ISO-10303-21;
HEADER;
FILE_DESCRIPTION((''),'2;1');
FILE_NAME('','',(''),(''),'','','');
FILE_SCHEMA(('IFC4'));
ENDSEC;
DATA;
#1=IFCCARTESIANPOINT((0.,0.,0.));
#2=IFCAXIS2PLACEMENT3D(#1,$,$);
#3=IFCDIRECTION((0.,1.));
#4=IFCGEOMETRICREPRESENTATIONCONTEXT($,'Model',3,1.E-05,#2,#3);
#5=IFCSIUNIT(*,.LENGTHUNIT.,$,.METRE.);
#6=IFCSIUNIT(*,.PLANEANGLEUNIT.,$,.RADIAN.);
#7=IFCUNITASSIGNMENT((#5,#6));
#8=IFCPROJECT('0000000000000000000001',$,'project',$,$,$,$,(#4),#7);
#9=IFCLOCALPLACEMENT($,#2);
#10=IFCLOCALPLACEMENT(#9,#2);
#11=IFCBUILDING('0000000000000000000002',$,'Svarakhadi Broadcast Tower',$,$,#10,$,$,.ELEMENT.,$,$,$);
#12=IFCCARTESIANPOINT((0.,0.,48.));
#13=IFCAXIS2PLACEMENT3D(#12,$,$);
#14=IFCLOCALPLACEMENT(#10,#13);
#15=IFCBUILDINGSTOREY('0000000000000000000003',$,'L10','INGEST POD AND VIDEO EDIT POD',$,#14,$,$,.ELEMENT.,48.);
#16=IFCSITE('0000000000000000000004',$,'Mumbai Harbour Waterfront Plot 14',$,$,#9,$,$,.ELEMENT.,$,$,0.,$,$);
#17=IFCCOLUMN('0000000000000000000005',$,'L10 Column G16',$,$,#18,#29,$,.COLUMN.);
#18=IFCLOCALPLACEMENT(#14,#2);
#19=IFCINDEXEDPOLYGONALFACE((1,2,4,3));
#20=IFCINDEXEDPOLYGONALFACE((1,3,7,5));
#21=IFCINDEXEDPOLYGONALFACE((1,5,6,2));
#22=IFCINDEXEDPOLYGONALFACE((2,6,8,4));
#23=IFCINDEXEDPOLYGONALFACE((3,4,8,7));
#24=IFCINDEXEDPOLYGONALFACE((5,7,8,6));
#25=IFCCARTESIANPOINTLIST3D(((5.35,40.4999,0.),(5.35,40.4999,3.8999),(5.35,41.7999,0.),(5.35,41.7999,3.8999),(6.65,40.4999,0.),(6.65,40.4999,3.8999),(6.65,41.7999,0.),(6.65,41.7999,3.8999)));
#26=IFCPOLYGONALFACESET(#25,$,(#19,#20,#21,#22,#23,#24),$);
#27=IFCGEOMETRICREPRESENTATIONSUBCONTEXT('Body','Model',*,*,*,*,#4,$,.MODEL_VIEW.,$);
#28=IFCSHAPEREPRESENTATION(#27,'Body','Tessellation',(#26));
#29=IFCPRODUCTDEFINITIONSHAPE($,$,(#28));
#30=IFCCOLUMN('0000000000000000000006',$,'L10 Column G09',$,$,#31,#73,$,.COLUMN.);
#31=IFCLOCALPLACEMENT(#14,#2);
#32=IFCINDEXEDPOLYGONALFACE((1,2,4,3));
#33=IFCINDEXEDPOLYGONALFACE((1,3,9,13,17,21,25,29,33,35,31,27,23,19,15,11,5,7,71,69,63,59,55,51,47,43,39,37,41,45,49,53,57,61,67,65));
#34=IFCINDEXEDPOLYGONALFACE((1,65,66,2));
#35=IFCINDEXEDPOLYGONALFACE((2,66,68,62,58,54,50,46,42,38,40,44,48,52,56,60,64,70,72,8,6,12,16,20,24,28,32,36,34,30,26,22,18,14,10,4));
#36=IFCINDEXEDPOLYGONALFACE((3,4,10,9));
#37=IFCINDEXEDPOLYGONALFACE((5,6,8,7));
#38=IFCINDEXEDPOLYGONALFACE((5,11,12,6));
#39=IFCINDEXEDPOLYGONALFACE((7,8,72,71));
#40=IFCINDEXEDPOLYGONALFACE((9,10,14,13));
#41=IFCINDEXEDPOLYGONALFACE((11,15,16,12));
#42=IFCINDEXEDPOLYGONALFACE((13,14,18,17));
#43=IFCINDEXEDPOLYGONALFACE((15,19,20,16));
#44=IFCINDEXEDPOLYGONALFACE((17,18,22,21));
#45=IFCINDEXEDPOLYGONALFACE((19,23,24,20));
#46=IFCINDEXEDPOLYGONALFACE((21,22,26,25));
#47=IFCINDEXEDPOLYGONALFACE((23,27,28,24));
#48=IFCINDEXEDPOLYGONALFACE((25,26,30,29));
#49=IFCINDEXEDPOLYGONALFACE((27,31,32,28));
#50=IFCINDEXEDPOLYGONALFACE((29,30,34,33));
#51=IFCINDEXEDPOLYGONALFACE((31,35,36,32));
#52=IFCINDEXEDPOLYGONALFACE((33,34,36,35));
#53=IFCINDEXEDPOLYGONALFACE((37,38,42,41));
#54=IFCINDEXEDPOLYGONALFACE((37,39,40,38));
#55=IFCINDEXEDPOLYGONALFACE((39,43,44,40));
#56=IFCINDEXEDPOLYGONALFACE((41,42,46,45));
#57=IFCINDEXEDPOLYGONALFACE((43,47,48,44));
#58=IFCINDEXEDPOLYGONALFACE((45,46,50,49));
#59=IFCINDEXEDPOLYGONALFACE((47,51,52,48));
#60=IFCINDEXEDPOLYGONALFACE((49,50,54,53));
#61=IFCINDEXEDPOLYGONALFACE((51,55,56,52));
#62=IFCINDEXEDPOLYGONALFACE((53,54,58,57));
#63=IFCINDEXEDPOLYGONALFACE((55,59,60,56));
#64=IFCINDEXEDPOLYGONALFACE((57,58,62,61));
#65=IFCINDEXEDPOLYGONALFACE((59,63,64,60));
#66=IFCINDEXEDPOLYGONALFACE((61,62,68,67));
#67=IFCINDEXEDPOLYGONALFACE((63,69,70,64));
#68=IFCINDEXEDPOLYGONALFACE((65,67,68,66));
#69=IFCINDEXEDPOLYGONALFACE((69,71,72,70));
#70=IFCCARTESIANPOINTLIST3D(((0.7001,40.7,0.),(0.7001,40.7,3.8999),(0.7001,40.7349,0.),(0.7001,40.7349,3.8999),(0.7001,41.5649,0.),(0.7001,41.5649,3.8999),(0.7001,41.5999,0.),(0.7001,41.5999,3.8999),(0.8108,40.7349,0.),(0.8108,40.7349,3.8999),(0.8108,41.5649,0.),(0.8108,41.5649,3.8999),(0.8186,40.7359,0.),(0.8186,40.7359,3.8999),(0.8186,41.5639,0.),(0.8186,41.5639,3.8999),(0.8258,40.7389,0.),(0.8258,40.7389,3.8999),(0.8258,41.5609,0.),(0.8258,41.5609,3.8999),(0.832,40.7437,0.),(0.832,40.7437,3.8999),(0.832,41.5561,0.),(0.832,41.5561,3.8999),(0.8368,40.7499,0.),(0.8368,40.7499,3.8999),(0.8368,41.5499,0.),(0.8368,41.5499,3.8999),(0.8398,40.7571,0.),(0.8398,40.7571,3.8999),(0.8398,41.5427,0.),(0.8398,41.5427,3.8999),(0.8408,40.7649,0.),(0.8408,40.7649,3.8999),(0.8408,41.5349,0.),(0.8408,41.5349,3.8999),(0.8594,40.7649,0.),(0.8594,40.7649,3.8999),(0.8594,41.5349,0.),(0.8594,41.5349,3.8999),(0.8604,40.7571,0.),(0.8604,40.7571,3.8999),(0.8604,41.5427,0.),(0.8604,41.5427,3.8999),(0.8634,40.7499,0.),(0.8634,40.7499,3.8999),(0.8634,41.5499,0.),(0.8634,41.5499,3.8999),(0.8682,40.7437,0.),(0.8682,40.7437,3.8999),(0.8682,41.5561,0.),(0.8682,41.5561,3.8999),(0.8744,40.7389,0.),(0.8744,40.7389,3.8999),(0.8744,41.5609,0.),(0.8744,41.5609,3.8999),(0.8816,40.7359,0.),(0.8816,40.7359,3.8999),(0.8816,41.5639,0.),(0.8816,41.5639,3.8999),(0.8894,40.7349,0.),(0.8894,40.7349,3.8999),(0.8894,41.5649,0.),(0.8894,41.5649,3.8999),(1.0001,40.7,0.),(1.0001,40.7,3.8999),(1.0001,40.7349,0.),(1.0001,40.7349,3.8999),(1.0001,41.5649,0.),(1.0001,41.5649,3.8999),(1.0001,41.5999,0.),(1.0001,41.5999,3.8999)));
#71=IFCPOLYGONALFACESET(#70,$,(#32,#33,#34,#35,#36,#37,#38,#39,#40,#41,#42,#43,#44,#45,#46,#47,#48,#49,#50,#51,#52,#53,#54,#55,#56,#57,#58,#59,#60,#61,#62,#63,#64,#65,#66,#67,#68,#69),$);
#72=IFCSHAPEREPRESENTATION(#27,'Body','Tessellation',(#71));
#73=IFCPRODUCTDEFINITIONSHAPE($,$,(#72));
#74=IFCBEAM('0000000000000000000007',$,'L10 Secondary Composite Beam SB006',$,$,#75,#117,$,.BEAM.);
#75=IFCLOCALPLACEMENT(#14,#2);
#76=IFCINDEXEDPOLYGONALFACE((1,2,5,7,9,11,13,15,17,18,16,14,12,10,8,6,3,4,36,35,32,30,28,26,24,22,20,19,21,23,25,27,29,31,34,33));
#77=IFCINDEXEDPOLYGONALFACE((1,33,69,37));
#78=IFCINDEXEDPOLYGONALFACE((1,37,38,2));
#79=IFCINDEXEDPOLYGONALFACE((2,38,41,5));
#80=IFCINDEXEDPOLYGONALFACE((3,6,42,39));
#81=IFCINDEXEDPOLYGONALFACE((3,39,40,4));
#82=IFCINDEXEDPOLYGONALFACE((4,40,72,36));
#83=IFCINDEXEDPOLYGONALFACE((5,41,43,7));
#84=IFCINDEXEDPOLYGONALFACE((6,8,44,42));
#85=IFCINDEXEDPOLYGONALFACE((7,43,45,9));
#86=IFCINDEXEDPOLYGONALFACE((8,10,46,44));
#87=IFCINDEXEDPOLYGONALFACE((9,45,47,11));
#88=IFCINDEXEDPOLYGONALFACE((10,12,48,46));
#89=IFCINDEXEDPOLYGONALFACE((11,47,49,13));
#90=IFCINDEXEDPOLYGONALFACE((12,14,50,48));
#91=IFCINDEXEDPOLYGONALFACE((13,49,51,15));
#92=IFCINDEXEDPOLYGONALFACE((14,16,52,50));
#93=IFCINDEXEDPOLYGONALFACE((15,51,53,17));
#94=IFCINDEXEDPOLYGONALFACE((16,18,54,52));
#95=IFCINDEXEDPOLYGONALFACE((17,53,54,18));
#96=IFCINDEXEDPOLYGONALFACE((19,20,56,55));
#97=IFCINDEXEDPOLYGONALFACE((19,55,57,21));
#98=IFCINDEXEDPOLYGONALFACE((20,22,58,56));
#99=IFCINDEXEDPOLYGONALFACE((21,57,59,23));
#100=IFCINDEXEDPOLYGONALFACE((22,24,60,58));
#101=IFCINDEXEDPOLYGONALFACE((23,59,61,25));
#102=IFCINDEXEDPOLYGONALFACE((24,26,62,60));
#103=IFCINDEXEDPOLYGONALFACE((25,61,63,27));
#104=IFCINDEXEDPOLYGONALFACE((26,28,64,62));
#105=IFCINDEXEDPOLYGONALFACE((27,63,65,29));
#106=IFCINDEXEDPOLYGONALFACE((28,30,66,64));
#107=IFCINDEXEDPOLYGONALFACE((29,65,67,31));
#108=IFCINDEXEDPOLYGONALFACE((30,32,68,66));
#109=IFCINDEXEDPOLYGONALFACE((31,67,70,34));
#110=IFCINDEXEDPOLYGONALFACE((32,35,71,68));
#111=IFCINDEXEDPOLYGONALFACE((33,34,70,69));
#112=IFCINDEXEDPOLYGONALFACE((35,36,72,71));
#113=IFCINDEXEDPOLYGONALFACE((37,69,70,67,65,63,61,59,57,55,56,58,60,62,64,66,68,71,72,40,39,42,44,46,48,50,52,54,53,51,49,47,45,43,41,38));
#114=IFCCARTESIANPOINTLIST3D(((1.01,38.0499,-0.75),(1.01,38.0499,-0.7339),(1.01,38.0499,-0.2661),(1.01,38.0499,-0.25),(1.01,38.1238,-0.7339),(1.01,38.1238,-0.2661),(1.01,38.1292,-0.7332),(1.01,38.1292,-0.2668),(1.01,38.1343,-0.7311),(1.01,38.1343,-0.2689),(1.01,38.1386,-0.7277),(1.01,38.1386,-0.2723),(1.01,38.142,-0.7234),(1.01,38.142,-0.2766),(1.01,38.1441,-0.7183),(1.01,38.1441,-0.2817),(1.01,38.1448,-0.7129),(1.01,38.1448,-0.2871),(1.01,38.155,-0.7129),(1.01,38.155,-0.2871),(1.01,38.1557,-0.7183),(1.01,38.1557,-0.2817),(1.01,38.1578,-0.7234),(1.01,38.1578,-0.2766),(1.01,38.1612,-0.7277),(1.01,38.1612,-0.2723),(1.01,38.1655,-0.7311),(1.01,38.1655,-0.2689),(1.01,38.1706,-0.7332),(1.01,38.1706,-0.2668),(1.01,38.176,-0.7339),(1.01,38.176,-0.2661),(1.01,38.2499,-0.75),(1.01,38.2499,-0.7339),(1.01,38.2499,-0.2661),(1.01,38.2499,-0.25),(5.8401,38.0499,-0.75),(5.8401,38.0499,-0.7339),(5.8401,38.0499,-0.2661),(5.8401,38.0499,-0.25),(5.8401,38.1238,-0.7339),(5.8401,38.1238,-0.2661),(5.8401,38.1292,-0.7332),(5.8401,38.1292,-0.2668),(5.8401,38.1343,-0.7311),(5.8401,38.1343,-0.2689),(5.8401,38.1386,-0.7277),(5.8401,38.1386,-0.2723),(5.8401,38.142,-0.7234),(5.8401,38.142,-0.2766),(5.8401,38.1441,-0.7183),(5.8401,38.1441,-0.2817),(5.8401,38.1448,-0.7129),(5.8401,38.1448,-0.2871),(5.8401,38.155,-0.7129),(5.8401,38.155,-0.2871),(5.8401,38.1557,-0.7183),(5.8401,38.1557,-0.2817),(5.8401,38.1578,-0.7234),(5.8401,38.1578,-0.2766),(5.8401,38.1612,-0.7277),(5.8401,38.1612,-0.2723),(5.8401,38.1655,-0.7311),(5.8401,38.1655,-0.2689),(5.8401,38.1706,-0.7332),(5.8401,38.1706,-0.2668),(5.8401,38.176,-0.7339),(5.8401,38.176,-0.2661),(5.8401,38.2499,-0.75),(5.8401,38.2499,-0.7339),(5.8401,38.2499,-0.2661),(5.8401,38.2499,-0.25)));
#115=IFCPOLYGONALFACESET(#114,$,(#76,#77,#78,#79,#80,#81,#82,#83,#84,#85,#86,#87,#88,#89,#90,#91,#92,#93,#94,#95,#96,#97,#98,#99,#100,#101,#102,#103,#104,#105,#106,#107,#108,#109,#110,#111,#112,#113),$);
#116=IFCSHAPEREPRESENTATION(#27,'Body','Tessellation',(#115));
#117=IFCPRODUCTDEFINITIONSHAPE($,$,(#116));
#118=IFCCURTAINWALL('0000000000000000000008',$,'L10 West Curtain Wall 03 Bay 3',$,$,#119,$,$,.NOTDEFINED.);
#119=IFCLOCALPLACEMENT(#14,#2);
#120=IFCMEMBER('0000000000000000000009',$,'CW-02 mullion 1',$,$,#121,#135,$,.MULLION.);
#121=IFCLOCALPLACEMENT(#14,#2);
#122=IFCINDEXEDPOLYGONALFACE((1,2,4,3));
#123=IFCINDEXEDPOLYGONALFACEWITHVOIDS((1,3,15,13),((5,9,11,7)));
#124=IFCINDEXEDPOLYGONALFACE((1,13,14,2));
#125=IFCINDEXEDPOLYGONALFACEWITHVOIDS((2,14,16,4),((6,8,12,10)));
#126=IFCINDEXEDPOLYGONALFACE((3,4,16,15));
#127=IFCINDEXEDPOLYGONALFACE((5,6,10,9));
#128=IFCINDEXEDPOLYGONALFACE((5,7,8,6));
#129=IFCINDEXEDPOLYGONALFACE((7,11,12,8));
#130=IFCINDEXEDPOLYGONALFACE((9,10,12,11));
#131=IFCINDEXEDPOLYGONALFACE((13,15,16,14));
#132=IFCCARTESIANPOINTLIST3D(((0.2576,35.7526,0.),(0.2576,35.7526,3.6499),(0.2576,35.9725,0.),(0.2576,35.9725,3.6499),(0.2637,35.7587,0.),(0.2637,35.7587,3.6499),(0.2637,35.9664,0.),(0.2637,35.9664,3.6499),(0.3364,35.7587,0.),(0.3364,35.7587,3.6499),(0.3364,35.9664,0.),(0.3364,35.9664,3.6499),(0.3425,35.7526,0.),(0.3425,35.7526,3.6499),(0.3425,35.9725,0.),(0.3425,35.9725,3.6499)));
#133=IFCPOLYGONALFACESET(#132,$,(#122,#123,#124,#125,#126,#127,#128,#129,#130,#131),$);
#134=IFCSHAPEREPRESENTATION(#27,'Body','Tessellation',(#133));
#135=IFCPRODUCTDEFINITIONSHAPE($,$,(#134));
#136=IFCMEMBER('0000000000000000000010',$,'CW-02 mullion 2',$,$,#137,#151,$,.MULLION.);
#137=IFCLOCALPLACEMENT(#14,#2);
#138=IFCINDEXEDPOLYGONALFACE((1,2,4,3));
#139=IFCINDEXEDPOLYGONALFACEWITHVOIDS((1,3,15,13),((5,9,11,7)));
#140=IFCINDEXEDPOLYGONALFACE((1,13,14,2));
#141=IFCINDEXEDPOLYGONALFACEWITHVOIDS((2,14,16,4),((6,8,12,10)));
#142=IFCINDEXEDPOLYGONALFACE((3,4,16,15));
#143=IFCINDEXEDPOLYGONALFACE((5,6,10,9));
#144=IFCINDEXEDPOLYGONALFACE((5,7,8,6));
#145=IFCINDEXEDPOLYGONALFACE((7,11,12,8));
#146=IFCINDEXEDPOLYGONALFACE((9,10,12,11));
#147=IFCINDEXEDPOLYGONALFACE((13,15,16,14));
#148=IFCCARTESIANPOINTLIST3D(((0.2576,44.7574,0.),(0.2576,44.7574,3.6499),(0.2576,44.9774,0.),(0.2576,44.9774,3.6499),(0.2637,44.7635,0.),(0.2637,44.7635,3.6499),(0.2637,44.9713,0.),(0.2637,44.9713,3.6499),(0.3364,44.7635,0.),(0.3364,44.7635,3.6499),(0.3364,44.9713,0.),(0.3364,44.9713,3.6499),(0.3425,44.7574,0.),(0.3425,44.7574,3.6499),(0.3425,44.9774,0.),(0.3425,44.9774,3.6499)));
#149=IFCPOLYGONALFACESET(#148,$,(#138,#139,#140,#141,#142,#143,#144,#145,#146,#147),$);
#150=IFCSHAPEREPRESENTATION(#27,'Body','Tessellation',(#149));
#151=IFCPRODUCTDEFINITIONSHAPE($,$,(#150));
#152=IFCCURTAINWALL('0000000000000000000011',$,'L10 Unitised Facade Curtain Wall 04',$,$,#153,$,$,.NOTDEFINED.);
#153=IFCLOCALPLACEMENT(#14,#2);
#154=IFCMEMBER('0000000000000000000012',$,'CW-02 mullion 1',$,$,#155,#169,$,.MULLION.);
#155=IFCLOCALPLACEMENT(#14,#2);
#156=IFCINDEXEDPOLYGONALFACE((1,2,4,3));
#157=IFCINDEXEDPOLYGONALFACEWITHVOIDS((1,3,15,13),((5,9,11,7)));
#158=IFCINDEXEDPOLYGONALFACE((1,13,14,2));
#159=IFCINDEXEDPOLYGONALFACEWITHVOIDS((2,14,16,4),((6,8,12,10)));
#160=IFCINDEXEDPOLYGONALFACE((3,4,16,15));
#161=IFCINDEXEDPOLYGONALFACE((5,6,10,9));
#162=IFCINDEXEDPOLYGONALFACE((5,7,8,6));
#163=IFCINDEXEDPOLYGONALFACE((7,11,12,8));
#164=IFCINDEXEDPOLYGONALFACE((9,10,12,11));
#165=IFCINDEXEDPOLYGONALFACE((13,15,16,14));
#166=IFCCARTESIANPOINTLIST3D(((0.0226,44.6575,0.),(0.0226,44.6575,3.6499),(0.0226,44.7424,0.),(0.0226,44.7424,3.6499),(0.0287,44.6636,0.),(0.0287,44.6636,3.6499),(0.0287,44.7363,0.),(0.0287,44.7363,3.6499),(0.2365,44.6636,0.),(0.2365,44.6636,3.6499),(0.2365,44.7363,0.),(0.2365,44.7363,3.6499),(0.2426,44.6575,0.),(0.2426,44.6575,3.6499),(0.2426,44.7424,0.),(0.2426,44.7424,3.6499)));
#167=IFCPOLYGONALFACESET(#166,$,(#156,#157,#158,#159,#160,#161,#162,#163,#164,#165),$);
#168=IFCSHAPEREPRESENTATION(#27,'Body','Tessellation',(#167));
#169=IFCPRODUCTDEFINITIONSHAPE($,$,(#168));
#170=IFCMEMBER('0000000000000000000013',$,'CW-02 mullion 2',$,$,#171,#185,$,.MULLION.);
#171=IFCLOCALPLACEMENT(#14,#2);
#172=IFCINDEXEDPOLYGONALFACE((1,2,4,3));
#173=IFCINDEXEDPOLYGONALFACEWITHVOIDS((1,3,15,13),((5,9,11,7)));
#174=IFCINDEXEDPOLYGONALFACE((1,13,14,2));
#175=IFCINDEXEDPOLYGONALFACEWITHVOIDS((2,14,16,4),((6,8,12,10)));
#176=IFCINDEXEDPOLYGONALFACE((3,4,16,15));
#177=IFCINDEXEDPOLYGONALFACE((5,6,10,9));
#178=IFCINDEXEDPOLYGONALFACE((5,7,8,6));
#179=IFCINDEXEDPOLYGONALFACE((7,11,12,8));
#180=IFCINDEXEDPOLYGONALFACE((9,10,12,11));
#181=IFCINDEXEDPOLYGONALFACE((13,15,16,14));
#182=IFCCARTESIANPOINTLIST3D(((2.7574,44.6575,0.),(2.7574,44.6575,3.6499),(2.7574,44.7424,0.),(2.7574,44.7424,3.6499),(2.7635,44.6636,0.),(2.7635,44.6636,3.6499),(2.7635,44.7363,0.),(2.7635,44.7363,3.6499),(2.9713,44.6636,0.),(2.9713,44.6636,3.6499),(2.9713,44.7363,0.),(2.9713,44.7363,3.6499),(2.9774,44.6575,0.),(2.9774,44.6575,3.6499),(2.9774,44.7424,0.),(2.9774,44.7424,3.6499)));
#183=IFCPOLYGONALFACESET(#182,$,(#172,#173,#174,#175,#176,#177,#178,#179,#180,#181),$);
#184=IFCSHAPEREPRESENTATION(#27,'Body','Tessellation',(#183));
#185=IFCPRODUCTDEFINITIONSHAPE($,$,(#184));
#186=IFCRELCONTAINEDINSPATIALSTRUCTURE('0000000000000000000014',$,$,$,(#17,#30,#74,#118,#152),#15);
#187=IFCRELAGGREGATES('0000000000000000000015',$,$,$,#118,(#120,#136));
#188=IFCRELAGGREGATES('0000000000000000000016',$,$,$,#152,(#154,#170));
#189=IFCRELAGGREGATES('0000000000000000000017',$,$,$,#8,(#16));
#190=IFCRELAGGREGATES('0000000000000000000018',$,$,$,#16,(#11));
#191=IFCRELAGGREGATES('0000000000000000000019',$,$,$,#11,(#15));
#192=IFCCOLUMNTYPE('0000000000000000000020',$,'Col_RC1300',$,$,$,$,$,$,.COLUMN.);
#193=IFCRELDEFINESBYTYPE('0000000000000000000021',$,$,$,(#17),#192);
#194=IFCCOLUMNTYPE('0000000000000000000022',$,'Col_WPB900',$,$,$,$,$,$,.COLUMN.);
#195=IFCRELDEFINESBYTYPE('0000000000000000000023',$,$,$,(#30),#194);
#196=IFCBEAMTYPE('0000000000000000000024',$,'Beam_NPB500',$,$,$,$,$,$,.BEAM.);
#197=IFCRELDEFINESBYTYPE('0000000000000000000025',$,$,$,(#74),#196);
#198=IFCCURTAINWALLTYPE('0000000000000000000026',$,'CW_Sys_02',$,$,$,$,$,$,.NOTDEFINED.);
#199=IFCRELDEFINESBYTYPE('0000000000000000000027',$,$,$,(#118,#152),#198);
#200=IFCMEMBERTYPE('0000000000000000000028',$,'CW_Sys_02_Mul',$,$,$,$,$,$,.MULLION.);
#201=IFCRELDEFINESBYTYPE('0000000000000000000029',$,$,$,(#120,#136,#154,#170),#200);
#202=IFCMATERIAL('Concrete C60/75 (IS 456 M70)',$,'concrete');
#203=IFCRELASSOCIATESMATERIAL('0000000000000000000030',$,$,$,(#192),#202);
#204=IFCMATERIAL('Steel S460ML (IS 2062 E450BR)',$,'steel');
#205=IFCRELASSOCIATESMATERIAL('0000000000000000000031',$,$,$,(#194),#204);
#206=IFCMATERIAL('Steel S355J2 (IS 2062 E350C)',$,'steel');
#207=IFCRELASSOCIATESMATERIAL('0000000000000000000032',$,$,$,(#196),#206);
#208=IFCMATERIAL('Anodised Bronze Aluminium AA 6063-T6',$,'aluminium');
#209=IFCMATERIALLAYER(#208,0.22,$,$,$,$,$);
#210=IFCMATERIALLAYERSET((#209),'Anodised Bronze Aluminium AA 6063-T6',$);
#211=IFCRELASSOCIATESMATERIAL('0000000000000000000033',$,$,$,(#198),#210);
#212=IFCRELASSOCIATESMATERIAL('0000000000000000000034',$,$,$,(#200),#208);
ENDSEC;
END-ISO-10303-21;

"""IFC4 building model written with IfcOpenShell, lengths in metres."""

from ifc_helpers import new_model, si_unit, direction, frame, origin, origin_2d, place, context, subcontext, project, spatial, rectangle, hollow_rectangle, i_section, extrude, material, layer, layer_set, material_profile, profile_set, type_object, element, aggregate, save


model = new_model("IFC4")

# Units and contexts
model_context = context("Model", 3, precision=1e-05, world=origin(), true_north=direction((0.0, 1.0)))
body_context = subcontext(model_context, "Body", "Model", "MODEL_VIEW")
ifc_project = project(units=[si_unit("LENGTHUNIT", "METRE"), si_unit("PLANEANGLEUNIT", "RADIAN")], contexts=[model_context])

# Site, building, storey
site_placement = place(None, origin())
site = spatial("IfcSite", under=ifc_project, at=site_placement, Name="Mumbai Harbour Waterfront Plot 14", CompositionType="ELEMENT", RefElevation=0.0)
building_placement = place(site_placement, origin())
building = spatial("IfcBuilding", under=site, at=building_placement, Name="Svarakhadi Broadcast Tower", CompositionType="ELEMENT")
storey_placement = place(building_placement, frame((0.0, 0.0, 48.0)))
storey = spatial("IfcBuildingStorey", under=building, at=storey_placement, Name="L10", Description="INGEST POD AND VIDEO EDIT POD", CompositionType="ELEMENT", Elevation=48.0)

# Columns
ifc_material_1 = material(Name="Concrete C60/75 (IS 456 M70)", Category="concrete")
ifc_material_profile_1 = material_profile(ifc_material_1, rectangle(XDim=1.3, YDim=1.3, at=origin_2d()), Name="RC 1300x1300")
ifc_profile_set_1 = profile_set([ifc_material_profile_1], Name="Concrete C60/75 (IS 456 M70)")
column_type_1 = type_object("IfcColumnType", Name="Col_RC1300", PredefinedType="COLUMN", material=ifc_profile_set_1)
column_1_placement = place(storey_placement, frame((6.0, 41.1499, 0.0), z_axis=(0.0, 0.0, 1.0), x_axis=(1.0, 0.0, 0.0)))
element("IfcColumn", 1, at=column_1_placement, inside=storey, type_object=column_type_1, Name="L10 Column G16", PredefinedType="COLUMN", context=body_context, shape_type="SweptSolid", body=[
    extrude(rectangle(XDim=1.3, YDim=1.3, at=origin_2d()), origin(), (0.0, 0.0, 1.0), 3.8999),
])
ifc_material_2 = material(Name="Steel S460ML (IS 2062 E450BR)", Category="steel")
ifc_material_profile_2 = material_profile(ifc_material_2, i_section(OverallWidth=0.3, OverallDepth=0.8999, WebThickness=0.0186, FlangeThickness=0.0349, FilletRadius=0.03, at=origin_2d()), Name="WPB 900x300x291")
ifc_profile_set_2 = profile_set([ifc_material_profile_2], Name="Steel S460ML (IS 2062 E450BR)")
column_type_2 = type_object("IfcColumnType", Name="Col_WPB900", PredefinedType="COLUMN", material=ifc_profile_set_2)
column_2_placement = place(storey_placement, frame((0.8501, 41.1499, 0.0), z_axis=(0.0, 0.0, 1.0), x_axis=(1.0, 0.0, 0.0)))
element("IfcColumn", 2, at=column_2_placement, inside=storey, type_object=column_type_2, Name="L10 Column G09", PredefinedType="COLUMN", context=body_context, shape_type="SweptSolid", body=[
    extrude(i_section(OverallWidth=0.3, OverallDepth=0.8999, WebThickness=0.0186, FlangeThickness=0.0349, FilletRadius=0.03, at=origin_2d()), origin(), (0.0, 0.0, 1.0), 3.8999),
])

# Beam
ifc_material_3 = material(Name="Steel S355J2 (IS 2062 E350C)", Category="steel")
ifc_material_profile_3 = material_profile(ifc_material_3, i_section(OverallWidth=0.2, OverallDepth=0.5, WebThickness=0.0103, FlangeThickness=0.0161, FilletRadius=0.021, at=origin_2d()), Name="NPB 500x200x91")
ifc_profile_set_3 = profile_set([ifc_material_profile_3], Name="Steel S355J2 (IS 2062 E350C)")
beam_type_1 = type_object("IfcBeamType", Name="Beam_NPB500", PredefinedType="BEAM", material=ifc_profile_set_3)
beam_1_placement = place(storey_placement, frame((1.01, 38.1499, -0.5), z_axis=(1.0, 0.0, 0.0), x_axis=(0.0, 1.0, 0.0)))
element("IfcBeam", 3, at=beam_1_placement, inside=storey, type_object=beam_type_1, Name="L10 Secondary Composite Beam SB006", PredefinedType="BEAM", context=body_context, shape_type="SweptSolid", body=[
    extrude(i_section(OverallWidth=0.2, OverallDepth=0.5, WebThickness=0.0103, FlangeThickness=0.0161, FilletRadius=0.021, at=origin_2d()), origin(), (0.0, 0.0, 1.0), 4.8301),
])

# Curtain walls, members
ifc_material_4 = material(Name="Anodised Bronze Aluminium AA 6063-T6", Category="aluminium")
ifc_layer_1 = layer(ifc_material_4, 0.22)
ifc_layer_set_1 = layer_set([ifc_layer_1], Name="Anodised Bronze Aluminium AA 6063-T6")
curtain_wall_type = type_object("IfcCurtainWallType", Name="CW_Sys_02", PredefinedType="NOTDEFINED", material=ifc_layer_set_1)
curtain_wall_1_placement = place(storey_placement, origin())
curtain_wall_1 = element("IfcCurtainWall", 4, at=curtain_wall_1_placement, inside=storey, type_object=curtain_wall_type, Name="L10 West Curtain Wall 03 Bay 3", PredefinedType="NOTDEFINED")
ifc_material_profile_4 = material_profile(ifc_material_4, hollow_rectangle(XDim=0.085, YDim=0.22, WallThickness=0.0061, at=origin_2d()), Name="ALU MULLION 220x85x6")
ifc_profile_set_4 = profile_set([ifc_material_profile_4], Name="Anodised Bronze Aluminium AA 6063-T6")
member_type_1 = type_object("IfcMemberType", Name="CW_Sys_02_Mul", PredefinedType="MULLION", material=ifc_profile_set_4)
member_1_placement = place(storey_placement, frame((0.3, 35.8625, 0.0), z_axis=(0.0, 0.0, 1.0), x_axis=(-1.0, 0.0, 0.0)))
member_1 = element("IfcMember", 5, at=member_1_placement, type_object=member_type_1, Name="CW-02 mullion 1", PredefinedType="MULLION", context=body_context, shape_type="SweptSolid", body=[
    extrude(hollow_rectangle(XDim=0.085, YDim=0.22, WallThickness=0.0061, at=origin_2d()), origin(), (0.0, 0.0, 1.0), 3.6499),
])
member_2_placement = place(storey_placement, frame((0.3, 44.8674, 0.0), z_axis=(0.0, 0.0, 1.0), x_axis=(-1.0, 0.0, 0.0)))
member_2 = element("IfcMember", 6, at=member_2_placement, type_object=member_type_1, Name="CW-02 mullion 2", PredefinedType="MULLION", context=body_context, shape_type="SweptSolid", body=[
    extrude(hollow_rectangle(XDim=0.085, YDim=0.22, WallThickness=0.0061, at=origin_2d()), origin(), (0.0, 0.0, 1.0), 3.6499),
])
curtain_wall_2_placement = place(storey_placement, origin())
curtain_wall_2 = element("IfcCurtainWall", 7, at=curtain_wall_2_placement, inside=storey, type_object=curtain_wall_type, Name="L10 Unitised Facade Curtain Wall 04", PredefinedType="NOTDEFINED")
member_3_placement = place(storey_placement, frame((0.1326, 44.7, 0.0), z_axis=(0.0, 0.0, 1.0), x_axis=(0.0, 1.0, 0.0)))
member_3 = element("IfcMember", 8, at=member_3_placement, type_object=member_type_1, Name="CW-02 mullion 1", PredefinedType="MULLION", context=body_context, shape_type="SweptSolid", body=[
    extrude(hollow_rectangle(XDim=0.085, YDim=0.22, WallThickness=0.0061, at=origin_2d()), origin(), (0.0, 0.0, 1.0), 3.6499),
])
member_4_placement = place(storey_placement, frame((2.8674, 44.7, 0.0), z_axis=(0.0, 0.0, 1.0), x_axis=(0.0, 1.0, 0.0)))
member_4 = element("IfcMember", 9, at=member_4_placement, type_object=member_type_1, Name="CW-02 mullion 2", PredefinedType="MULLION", context=body_context, shape_type="SweptSolid", body=[
    extrude(hollow_rectangle(XDim=0.085, YDim=0.22, WallThickness=0.0061, at=origin_2d()), origin(), (0.0, 0.0, 1.0), 3.6499),
])

aggregate(curtain_wall_1, [member_1, member_2])
aggregate(curtain_wall_2, [member_3, member_4])

save(model, "model.ifc")
